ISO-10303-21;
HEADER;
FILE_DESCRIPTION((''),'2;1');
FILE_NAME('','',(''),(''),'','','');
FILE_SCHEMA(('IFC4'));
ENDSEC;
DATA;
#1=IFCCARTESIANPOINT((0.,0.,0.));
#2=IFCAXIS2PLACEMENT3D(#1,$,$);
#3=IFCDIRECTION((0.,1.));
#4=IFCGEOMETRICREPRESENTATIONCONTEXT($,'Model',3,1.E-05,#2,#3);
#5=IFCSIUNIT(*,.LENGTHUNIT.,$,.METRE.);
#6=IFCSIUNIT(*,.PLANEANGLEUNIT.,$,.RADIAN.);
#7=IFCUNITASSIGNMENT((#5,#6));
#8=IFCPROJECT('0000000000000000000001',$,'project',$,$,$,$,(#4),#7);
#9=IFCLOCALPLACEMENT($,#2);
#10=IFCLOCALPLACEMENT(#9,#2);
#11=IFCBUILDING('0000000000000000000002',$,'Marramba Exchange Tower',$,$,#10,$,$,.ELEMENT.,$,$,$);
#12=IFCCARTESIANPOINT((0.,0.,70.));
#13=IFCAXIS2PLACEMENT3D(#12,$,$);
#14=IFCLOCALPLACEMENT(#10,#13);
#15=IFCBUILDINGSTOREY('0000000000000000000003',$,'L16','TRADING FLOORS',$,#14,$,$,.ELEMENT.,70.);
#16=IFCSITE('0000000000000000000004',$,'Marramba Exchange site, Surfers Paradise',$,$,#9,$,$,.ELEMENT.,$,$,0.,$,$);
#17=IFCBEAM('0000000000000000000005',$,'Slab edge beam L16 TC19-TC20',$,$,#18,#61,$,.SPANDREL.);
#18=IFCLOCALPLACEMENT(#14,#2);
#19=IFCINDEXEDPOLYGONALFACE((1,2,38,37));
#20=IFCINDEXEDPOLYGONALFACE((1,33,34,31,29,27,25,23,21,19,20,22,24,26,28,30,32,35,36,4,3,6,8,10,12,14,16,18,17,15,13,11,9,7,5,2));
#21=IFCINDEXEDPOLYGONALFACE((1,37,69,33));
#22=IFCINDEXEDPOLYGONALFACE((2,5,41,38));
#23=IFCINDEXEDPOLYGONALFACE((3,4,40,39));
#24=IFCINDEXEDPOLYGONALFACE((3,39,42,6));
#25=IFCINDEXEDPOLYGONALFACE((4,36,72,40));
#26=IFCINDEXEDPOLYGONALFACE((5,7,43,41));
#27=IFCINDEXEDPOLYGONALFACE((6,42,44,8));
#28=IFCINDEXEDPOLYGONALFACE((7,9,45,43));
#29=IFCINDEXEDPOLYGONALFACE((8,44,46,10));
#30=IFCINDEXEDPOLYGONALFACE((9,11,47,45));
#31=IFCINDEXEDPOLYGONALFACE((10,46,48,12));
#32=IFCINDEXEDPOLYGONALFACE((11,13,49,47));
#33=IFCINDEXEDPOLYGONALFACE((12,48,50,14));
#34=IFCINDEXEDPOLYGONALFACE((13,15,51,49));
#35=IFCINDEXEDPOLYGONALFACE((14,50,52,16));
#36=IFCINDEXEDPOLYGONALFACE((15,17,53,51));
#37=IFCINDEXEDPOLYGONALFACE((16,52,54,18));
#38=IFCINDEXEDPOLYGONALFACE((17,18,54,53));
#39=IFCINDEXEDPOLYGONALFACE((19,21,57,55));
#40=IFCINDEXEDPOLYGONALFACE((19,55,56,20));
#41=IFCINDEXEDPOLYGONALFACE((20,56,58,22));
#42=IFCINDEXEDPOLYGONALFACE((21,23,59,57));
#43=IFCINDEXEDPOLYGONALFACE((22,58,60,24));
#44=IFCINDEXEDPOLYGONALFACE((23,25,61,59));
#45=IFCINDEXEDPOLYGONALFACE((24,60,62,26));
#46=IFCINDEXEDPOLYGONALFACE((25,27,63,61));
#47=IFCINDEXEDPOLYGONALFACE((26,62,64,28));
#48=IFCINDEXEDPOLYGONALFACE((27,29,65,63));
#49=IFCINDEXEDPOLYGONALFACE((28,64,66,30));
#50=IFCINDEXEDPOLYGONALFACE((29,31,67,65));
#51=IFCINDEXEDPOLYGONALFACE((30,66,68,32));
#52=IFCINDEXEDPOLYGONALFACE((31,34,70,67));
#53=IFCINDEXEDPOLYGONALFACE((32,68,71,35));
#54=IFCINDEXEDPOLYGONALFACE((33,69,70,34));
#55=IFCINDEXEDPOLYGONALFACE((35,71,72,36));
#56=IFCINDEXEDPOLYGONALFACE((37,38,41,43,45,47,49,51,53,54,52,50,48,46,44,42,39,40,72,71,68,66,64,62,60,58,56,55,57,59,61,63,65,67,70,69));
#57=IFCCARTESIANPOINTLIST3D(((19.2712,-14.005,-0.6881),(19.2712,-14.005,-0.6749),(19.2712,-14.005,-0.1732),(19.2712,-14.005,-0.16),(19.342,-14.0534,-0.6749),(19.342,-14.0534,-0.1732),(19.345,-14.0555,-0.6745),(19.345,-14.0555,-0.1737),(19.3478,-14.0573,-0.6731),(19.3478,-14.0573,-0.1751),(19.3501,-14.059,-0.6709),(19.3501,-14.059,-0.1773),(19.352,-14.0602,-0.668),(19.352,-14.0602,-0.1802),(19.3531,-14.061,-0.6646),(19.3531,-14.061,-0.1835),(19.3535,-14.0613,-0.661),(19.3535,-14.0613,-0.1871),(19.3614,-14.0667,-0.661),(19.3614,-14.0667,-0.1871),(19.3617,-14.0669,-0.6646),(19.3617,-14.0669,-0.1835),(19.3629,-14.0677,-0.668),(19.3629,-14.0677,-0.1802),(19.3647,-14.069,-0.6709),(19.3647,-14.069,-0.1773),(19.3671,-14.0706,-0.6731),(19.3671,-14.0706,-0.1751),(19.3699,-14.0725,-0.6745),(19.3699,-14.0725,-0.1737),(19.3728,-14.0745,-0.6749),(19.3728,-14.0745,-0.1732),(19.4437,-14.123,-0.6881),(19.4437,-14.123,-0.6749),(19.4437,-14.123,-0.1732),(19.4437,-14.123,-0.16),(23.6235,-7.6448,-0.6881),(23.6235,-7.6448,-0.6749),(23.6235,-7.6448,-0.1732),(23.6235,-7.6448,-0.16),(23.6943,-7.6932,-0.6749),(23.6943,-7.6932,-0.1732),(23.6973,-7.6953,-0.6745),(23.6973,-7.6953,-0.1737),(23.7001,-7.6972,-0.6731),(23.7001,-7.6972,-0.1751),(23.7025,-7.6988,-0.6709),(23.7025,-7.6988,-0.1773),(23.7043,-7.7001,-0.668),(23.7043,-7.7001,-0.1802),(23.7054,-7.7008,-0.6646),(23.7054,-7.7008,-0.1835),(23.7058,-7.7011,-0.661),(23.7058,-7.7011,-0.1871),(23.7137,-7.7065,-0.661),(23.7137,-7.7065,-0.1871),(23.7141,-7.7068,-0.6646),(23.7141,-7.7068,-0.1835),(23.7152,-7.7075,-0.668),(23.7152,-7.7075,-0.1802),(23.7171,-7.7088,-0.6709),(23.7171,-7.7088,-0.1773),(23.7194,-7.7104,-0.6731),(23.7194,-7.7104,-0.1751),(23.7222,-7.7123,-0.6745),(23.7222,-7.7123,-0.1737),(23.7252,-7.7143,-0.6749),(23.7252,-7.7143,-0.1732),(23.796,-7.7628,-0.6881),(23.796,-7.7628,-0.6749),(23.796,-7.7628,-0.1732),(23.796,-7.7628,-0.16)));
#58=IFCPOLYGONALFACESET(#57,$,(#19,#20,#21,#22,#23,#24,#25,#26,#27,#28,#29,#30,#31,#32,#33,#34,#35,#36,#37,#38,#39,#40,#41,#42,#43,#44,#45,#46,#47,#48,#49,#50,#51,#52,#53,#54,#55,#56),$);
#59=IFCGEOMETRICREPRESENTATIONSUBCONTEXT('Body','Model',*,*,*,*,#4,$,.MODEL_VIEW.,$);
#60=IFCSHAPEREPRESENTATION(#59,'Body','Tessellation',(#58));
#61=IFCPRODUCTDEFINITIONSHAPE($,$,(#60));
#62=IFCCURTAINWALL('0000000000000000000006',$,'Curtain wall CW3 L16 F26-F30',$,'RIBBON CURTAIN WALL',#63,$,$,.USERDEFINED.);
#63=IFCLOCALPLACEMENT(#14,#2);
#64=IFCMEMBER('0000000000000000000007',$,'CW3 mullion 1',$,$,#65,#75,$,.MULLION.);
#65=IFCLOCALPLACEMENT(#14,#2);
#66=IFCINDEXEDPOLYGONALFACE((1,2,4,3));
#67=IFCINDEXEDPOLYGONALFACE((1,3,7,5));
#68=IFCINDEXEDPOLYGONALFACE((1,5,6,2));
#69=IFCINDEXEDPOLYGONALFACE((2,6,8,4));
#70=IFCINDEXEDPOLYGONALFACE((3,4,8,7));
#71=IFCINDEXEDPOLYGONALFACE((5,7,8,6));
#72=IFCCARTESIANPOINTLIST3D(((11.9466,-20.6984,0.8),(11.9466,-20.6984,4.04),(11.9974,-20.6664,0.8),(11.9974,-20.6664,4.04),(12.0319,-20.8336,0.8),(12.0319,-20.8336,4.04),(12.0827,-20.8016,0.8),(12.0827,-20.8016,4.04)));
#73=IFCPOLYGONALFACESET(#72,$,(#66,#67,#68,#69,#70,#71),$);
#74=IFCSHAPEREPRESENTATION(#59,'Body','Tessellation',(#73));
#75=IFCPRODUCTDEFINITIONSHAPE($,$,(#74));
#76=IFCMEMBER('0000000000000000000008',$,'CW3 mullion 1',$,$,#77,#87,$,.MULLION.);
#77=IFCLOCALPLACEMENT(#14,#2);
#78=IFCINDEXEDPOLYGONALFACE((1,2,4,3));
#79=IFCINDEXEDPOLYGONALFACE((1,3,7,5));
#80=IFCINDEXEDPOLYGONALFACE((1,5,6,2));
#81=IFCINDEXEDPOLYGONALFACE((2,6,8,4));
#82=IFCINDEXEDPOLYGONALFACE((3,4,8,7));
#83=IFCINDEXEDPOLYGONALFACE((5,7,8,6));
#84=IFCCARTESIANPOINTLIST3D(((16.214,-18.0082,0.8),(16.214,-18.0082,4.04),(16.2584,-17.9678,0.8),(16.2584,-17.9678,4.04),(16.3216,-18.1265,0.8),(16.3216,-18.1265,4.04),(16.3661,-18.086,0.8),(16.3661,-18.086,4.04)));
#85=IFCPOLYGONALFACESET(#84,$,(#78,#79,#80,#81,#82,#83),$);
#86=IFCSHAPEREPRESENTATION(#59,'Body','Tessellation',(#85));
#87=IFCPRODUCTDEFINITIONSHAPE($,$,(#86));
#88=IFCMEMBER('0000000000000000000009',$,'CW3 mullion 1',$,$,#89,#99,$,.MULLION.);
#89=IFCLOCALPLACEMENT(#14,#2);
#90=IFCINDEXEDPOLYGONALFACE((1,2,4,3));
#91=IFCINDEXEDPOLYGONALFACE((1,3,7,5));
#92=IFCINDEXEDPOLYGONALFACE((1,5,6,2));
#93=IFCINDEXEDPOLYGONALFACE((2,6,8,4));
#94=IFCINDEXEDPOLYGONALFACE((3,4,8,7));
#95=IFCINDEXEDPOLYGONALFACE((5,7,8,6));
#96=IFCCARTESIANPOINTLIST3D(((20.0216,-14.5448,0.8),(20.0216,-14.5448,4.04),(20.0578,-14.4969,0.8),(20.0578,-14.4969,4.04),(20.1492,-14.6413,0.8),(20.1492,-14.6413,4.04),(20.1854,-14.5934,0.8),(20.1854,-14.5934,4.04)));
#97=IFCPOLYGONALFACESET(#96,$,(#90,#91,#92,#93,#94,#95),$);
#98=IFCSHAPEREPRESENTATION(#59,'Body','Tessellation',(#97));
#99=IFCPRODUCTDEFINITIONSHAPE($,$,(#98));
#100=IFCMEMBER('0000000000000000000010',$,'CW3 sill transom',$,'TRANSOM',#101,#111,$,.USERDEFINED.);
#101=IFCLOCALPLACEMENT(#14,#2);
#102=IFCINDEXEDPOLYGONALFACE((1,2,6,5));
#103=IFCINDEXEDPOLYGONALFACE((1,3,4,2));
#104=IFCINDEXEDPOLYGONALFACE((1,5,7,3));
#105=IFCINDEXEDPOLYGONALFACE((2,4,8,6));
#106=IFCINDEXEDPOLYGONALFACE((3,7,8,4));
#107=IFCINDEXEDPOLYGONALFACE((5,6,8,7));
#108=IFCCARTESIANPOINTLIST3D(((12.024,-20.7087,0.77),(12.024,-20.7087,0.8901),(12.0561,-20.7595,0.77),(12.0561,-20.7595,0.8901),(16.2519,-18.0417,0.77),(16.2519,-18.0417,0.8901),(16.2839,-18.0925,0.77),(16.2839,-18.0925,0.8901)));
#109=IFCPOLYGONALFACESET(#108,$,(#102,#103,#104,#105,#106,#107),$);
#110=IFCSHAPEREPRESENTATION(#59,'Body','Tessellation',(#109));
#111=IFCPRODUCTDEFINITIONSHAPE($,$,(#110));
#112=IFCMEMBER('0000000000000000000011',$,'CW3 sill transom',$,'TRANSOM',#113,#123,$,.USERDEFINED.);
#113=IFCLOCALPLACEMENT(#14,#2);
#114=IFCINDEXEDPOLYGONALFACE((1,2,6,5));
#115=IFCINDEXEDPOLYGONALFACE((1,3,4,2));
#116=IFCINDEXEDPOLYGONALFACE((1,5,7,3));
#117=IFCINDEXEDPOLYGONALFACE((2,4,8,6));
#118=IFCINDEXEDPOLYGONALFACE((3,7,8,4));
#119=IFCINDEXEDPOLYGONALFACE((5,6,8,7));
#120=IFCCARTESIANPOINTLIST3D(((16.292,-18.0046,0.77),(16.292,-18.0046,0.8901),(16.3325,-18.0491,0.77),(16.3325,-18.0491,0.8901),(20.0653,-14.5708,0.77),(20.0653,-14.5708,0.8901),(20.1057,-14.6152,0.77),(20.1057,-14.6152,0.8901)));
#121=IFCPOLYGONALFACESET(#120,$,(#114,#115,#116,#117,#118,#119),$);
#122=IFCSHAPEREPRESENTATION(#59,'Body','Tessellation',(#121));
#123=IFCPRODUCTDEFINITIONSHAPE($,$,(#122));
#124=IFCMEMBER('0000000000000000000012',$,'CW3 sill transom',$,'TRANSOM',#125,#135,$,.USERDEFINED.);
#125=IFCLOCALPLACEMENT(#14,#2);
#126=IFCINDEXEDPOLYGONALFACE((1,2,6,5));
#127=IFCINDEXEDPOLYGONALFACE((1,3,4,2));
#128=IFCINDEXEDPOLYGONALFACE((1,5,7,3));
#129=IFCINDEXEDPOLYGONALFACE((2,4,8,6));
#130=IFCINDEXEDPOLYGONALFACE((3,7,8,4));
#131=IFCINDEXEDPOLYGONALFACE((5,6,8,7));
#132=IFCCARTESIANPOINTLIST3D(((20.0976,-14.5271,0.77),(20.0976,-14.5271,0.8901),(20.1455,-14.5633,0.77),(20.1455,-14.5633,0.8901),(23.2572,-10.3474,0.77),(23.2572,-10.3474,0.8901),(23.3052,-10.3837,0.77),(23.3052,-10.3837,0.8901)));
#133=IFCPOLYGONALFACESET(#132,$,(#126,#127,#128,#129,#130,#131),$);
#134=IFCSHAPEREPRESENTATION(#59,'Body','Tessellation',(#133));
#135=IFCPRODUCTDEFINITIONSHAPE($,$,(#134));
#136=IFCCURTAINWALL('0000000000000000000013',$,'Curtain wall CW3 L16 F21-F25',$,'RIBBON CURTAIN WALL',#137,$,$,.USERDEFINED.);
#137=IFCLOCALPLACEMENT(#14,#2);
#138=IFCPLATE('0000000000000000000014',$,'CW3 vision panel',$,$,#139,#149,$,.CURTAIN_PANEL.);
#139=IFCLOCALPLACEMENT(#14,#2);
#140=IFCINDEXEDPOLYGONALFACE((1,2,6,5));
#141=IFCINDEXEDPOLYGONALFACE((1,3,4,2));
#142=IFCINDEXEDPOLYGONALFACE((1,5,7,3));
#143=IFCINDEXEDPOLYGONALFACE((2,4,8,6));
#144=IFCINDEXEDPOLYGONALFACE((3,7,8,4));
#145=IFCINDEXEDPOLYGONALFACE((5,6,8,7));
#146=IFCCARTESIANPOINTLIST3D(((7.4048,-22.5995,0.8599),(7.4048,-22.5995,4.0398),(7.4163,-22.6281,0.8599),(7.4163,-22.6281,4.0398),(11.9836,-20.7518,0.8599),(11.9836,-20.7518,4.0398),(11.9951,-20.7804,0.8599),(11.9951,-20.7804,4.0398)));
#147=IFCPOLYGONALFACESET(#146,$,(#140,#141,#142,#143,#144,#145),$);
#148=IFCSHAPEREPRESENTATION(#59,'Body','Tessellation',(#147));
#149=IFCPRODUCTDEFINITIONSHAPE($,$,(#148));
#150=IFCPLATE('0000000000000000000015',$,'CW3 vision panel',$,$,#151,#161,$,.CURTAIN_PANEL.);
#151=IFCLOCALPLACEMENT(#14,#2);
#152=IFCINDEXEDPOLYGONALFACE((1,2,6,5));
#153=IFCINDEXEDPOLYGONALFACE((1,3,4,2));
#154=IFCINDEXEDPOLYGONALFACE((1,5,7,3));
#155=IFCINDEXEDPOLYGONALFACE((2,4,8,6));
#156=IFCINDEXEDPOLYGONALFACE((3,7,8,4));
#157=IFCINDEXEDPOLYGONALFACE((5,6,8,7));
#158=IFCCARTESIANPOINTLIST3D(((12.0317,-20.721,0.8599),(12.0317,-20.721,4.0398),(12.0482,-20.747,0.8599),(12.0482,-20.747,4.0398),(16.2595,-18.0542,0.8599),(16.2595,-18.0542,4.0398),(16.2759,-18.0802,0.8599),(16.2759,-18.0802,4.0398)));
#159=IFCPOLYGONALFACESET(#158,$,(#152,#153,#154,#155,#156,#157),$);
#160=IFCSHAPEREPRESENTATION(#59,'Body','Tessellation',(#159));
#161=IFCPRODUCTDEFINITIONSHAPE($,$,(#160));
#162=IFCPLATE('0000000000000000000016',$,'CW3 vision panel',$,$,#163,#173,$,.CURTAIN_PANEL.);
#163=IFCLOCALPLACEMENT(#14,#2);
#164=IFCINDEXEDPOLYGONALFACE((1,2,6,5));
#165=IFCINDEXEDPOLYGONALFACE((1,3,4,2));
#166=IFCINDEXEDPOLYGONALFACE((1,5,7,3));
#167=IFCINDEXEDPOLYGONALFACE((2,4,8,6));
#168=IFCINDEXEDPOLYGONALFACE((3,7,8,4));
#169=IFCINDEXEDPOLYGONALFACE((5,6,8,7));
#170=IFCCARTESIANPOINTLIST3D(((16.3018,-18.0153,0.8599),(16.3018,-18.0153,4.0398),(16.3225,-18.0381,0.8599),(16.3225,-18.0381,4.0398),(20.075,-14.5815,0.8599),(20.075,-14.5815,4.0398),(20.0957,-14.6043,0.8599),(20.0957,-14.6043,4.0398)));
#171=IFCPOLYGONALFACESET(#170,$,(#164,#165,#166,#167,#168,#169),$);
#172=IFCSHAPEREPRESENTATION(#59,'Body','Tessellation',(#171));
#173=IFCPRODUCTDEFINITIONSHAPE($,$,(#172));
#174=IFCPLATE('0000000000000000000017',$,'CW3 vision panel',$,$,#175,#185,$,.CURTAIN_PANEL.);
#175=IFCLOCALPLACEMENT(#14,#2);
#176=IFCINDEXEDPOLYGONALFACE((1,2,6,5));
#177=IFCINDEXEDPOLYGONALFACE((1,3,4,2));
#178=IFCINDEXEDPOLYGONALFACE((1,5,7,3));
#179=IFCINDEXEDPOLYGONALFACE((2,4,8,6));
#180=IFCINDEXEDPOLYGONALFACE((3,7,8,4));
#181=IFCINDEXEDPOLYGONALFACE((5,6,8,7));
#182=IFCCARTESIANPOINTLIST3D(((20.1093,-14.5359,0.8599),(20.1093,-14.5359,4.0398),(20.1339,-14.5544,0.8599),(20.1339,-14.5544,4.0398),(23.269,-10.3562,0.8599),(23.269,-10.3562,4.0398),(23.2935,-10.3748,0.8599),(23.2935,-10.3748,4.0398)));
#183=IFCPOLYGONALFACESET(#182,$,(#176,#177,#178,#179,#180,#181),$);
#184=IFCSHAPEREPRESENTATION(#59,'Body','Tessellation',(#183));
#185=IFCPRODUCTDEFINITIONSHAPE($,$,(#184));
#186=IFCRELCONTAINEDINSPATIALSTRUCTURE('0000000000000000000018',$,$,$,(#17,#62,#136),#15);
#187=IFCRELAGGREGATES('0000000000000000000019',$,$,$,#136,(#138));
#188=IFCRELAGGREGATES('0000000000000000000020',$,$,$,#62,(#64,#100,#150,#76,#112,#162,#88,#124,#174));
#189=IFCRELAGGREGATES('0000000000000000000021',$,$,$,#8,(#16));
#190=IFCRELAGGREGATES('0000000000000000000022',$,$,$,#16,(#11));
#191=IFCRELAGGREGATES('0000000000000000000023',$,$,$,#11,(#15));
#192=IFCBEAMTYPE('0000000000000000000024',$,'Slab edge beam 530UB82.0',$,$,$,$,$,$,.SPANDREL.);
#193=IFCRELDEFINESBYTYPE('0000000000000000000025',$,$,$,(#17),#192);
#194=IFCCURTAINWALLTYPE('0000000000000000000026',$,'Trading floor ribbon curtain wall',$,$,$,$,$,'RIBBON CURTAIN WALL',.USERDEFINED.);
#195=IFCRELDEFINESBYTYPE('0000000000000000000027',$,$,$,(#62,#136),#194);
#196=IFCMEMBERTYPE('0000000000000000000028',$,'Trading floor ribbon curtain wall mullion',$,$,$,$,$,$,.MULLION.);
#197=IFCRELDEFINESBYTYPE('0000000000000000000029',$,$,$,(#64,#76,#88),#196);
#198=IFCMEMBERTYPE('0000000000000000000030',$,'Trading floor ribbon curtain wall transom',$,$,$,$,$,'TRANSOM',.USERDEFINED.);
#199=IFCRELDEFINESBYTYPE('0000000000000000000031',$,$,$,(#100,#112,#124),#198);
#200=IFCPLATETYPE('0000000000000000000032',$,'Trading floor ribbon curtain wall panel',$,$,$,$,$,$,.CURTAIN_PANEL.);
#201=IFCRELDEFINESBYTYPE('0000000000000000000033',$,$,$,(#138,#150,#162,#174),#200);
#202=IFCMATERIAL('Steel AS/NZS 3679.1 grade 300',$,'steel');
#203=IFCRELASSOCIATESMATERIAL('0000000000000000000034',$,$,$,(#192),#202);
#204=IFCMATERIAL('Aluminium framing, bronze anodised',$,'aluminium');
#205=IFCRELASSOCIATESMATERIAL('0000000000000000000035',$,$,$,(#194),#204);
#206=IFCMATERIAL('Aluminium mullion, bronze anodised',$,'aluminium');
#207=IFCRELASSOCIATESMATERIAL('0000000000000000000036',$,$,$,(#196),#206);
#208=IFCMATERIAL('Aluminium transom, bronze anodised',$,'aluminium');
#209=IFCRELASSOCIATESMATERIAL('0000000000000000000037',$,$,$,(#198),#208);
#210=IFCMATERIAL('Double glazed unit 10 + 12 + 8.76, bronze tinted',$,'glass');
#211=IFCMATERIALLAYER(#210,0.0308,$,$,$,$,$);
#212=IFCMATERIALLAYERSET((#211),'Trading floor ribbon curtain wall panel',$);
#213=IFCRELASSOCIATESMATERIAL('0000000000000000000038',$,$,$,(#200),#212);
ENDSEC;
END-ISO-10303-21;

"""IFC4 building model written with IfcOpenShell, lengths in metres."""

from ifc_helpers import new_model, si_unit, direction, frame, origin, origin_2d, place, context, subcontext, project, spatial, rectangle, i_section, extrude, material, layer, layer_set, material_profile, profile_set, type_object, element, aggregate, save


model = new_model("IFC4")

# Units and contexts
model_context = context("Model", 3, precision=1e-05, world=origin(), true_north=direction((0.0, 1.0)))
body_context = subcontext(model_context, "Body", "Model", "MODEL_VIEW")
ifc_project = project(units=[si_unit("LENGTHUNIT", "METRE"), si_unit("PLANEANGLEUNIT", "RADIAN")], contexts=[model_context])

# Site, building, storey
site_placement = place(None, origin())
site = spatial("IfcSite", under=ifc_project, at=site_placement, Name="Marramba Exchange site, Surfers Paradise", CompositionType="ELEMENT", RefElevation=0.0)
building_placement = place(site_placement, origin())
building = spatial("IfcBuilding", under=site, at=building_placement, Name="Marramba Exchange Tower", CompositionType="ELEMENT")
storey_placement = place(building_placement, frame((0.0, 0.0, 70.0)))
storey = spatial("IfcBuildingStorey", under=building, at=storey_placement, Name="L16", Description="TRADING FLOORS", CompositionType="ELEMENT", Elevation=70.0)

# Beam
ifc_material_1 = material(Name="Steel AS/NZS 3679.1 grade 300", Category="steel")
ifc_material_profile_1 = material_profile(ifc_material_1, i_section(OverallWidth=0.209, OverallDepth=0.5281, WebThickness=0.0095, FlangeThickness=0.0132, FilletRadius=0.0139, at=origin_2d()), Name="530UB82.0")
ifc_profile_set_1 = profile_set([ifc_material_profile_1], Name="Steel AS/NZS 3679.1 grade 300")
beam_type_1 = type_object("IfcBeamType", Name="Slab edge beam 530UB82.0", PredefinedType="SPANDREL", material=ifc_profile_set_1)
beam_1_placement = place(storey_placement, frame((19.3574, -14.064, -0.4241), z_axis=(0.564741, 0.825268, 0.0), x_axis=(-0.825268, 0.564741, 0.0)))
element("IfcBeam", 1, at=beam_1_placement, inside=storey, type_object=beam_type_1, Name="Slab edge beam L16 TC19-TC20", PredefinedType="SPANDREL", context=body_context, shape_type="SweptSolid", body=[
    extrude(i_section(OverallWidth=0.209, OverallDepth=0.5281, WebThickness=0.0095, FlangeThickness=0.0132, FilletRadius=0.0139, at=origin_2d()), origin(), (0.0, 0.0, 1.0), 7.7068),
])

# Curtain wall, members
ifc_material_2 = material(Name="Aluminium framing, bronze anodised", Category="aluminium")
curtain_wall_type = type_object("IfcCurtainWallType", Name="Trading floor ribbon curtain wall", ElementType="RIBBON CURTAIN WALL", PredefinedType="USERDEFINED", material=ifc_material_2)
curtain_wall_1_placement = place(storey_placement, origin())
curtain_wall_1 = element("IfcCurtainWall", 2, at=curtain_wall_1_placement, inside=storey, type_object=curtain_wall_type, Name="Curtain wall CW3 L16 F26-F30", ObjectType="RIBBON CURTAIN WALL", PredefinedType="USERDEFINED")
ifc_material_3 = material(Name="Aluminium mullion, bronze anodised", Category="aluminium")
ifc_material_profile_2 = material_profile(ifc_material_3, rectangle(XDim=0.1599, YDim=0.0601, at=origin_2d()), Name="CW3 mullion 60x160")
ifc_profile_set_2 = profile_set([ifc_material_profile_2], Name="Aluminium mullion, bronze anodised")
member_type_1 = type_object("IfcMemberType", Name="Trading floor ribbon curtain wall mullion", PredefinedType="MULLION", material=ifc_profile_set_2)
member_1_placement = place(storey_placement, frame((12.0146, -20.75, 0.8), z_axis=(0.0, 0.0, 1.0), x_axis=(-0.533515, 0.845791, 0.0)))
member_1 = element("IfcMember", 3, at=member_1_placement, type_object=member_type_1, Name="CW3 mullion 1", PredefinedType="MULLION", context=body_context, shape_type="SweptSolid", body=[
    extrude(rectangle(XDim=0.1599, YDim=0.0601, at=origin_2d()), origin(), (0.0, 0.0, 1.0), 3.24),
])
member_2_placement = place(storey_placement, frame((16.29, -18.0471, 0.8), z_axis=(0.0, 0.0, 1.0), x_axis=(-0.673058, 0.73959, 0.0)))
member_2 = element("IfcMember", 4, at=member_2_placement, type_object=member_type_1, Name="CW3 mullion 1", PredefinedType="MULLION", context=body_context, shape_type="SweptSolid", body=[
    extrude(rectangle(XDim=0.1599, YDim=0.0601, at=origin_2d()), origin(), (0.0, 0.0, 1.0), 3.24),
])
member_3_placement = place(storey_placement, frame((20.1035, -14.5691, 0.8), z_axis=(0.0, 0.0, 1.0), x_axis=(-0.797711, 0.60304, 0.0)))
member_3 = element("IfcMember", 5, at=member_3_placement, type_object=member_type_1, Name="CW3 mullion 1", PredefinedType="MULLION", context=body_context, shape_type="SweptSolid", body=[
    extrude(rectangle(XDim=0.1599, YDim=0.0601, at=origin_2d()), origin(), (0.0, 0.0, 1.0), 3.24),
])
ifc_material_4 = material(Name="Aluminium transom, bronze anodised", Category="aluminium")
ifc_material_profile_3 = material_profile(ifc_material_4, rectangle(XDim=0.0601, YDim=0.1201, at=origin_2d()), Name="CW3 transom 60x120")
ifc_profile_set_3 = profile_set([ifc_material_profile_3], Name="Aluminium transom, bronze anodised")
member_type_2 = type_object("IfcMemberType", Name="Trading floor ribbon curtain wall transom", ElementType="TRANSOM", PredefinedType="USERDEFINED", material=ifc_profile_set_3)
member_4_placement = place(storey_placement, frame((12.04, -20.7341, 0.8301), z_axis=(0.845777, 0.533537, 0.0), x_axis=(-0.533537, 0.845777, 0.0)))
member_4 = element("IfcMember", 6, at=member_4_placement, type_object=member_type_2, Name="CW3 sill transom", ObjectType="TRANSOM", PredefinedType="USERDEFINED", context=body_context, shape_type="SweptSolid", body=[
    extrude(rectangle(XDim=0.0601, YDim=0.1201, at=origin_2d()), origin(), (0.0, 0.0, 1.0), 4.9988),
])
member_5_placement = place(storey_placement, frame((16.3123, -18.0269, 0.8301), z_axis=(0.739583, 0.673066, 0.0), x_axis=(-0.673066, 0.739583, 0.0)))
member_5 = element("IfcMember", 7, at=member_5_placement, type_object=member_type_2, Name="CW3 sill transom", ObjectType="TRANSOM", PredefinedType="USERDEFINED", context=body_context, shape_type="SweptSolid", body=[
    extrude(rectangle(XDim=0.0601, YDim=0.1201, at=origin_2d()), origin(), (0.0, 0.0, 1.0), 5.1018),
])
member_6_placement = place(storey_placement, frame((20.1216, -14.5452, 0.8301), z_axis=(0.603037, 0.797713, 0.0), x_axis=(-0.797713, 0.603037, 0.0)))
member_6 = element("IfcMember", 8, at=member_6_placement, type_object=member_type_2, Name="CW3 sill transom", ObjectType="TRANSOM", PredefinedType="USERDEFINED", context=body_context, shape_type="SweptSolid", body=[
    extrude(rectangle(XDim=0.0601, YDim=0.1201, at=origin_2d()), origin(), (0.0, 0.0, 1.0), 5.2395),
])

# Curtain wall, plate
curtain_wall_2_placement = place(storey_placement, origin())
curtain_wall_2 = element("IfcCurtainWall", 9, at=curtain_wall_2_placement, inside=storey, type_object=curtain_wall_type, Name="Curtain wall CW3 L16 F21-F25", ObjectType="RIBBON CURTAIN WALL", PredefinedType="USERDEFINED")
ifc_material_5 = material(Name="Double glazed unit 10 + 12 + 8.76, bronze tinted", Category="glass")
ifc_layer_1 = layer(ifc_material_5, 0.0308)
ifc_layer_set_1 = layer_set([ifc_layer_1], Name="Trading floor ribbon curtain wall panel")
plate_type = type_object("IfcPlateType", Name="Trading floor ribbon curtain wall panel", PredefinedType="CURTAIN_PANEL", material=ifc_layer_set_1)
plate_1_placement = place(storey_placement, frame((9.7, -21.6899, 0.8599), z_axis=(0.0, 0.0, 1.0), x_axis=(0.927341, 0.374218, 0.0)))
plate_1 = element("IfcPlate", 10, at=plate_1_placement, type_object=plate_type, Name="CW3 vision panel", PredefinedType="CURTAIN_PANEL", context=body_context, shape_type="SweptSolid", body=[
    extrude(rectangle(XDim=4.9375, YDim=0.0308, at=origin_2d()), origin(), (0.0, 0.0, 1.0), 3.1799),
])
aggregate(curtain_wall_2, [plate_1])

# Plates
plate_2_placement = place(storey_placement, frame((14.1538, -19.4006, 0.8599), z_axis=(0.0, 0.0, 1.0), x_axis=(0.845791, 0.533515, 0.0)))
plate_2 = element("IfcPlate", 11, at=plate_2_placement, type_object=plate_type, Name="CW3 vision panel", PredefinedType="CURTAIN_PANEL", context=body_context, shape_type="SweptSolid", body=[
    extrude(rectangle(XDim=4.9985, YDim=0.0308, at=origin_2d()), origin(), (0.0, 0.0, 1.0), 3.1799),
])
plate_3_placement = place(storey_placement, frame((18.1987, -16.3098, 0.8599), z_axis=(0.0, 0.0, 1.0), x_axis=(0.73959, 0.673058, 0.0)))
plate_3 = element("IfcPlate", 12, at=plate_3_placement, type_object=plate_type, Name="CW3 vision panel", PredefinedType="CURTAIN_PANEL", context=body_context, shape_type="SweptSolid", body=[
    extrude(rectangle(XDim=5.1018, YDim=0.0308, at=origin_2d()), origin(), (0.0, 0.0, 1.0), 3.1799),
])
plate_4_placement = place(storey_placement, frame((21.7014, -12.4553, 0.8599), z_axis=(0.0, 0.0, 1.0), x_axis=(0.60304, 0.797711, 0.0)))
plate_4 = element("IfcPlate", 13, at=plate_4_placement, type_object=plate_type, Name="CW3 vision panel", PredefinedType="CURTAIN_PANEL", context=body_context, shape_type="SweptSolid", body=[
    extrude(rectangle(XDim=5.2395, YDim=0.0308, at=origin_2d()), origin(), (0.0, 0.0, 1.0), 3.1799),
])
aggregate(curtain_wall_1, [member_1, member_4, plate_2, member_2, member_5, plate_3, member_3, member_6, plate_4])

save(model, "model.ifc")
